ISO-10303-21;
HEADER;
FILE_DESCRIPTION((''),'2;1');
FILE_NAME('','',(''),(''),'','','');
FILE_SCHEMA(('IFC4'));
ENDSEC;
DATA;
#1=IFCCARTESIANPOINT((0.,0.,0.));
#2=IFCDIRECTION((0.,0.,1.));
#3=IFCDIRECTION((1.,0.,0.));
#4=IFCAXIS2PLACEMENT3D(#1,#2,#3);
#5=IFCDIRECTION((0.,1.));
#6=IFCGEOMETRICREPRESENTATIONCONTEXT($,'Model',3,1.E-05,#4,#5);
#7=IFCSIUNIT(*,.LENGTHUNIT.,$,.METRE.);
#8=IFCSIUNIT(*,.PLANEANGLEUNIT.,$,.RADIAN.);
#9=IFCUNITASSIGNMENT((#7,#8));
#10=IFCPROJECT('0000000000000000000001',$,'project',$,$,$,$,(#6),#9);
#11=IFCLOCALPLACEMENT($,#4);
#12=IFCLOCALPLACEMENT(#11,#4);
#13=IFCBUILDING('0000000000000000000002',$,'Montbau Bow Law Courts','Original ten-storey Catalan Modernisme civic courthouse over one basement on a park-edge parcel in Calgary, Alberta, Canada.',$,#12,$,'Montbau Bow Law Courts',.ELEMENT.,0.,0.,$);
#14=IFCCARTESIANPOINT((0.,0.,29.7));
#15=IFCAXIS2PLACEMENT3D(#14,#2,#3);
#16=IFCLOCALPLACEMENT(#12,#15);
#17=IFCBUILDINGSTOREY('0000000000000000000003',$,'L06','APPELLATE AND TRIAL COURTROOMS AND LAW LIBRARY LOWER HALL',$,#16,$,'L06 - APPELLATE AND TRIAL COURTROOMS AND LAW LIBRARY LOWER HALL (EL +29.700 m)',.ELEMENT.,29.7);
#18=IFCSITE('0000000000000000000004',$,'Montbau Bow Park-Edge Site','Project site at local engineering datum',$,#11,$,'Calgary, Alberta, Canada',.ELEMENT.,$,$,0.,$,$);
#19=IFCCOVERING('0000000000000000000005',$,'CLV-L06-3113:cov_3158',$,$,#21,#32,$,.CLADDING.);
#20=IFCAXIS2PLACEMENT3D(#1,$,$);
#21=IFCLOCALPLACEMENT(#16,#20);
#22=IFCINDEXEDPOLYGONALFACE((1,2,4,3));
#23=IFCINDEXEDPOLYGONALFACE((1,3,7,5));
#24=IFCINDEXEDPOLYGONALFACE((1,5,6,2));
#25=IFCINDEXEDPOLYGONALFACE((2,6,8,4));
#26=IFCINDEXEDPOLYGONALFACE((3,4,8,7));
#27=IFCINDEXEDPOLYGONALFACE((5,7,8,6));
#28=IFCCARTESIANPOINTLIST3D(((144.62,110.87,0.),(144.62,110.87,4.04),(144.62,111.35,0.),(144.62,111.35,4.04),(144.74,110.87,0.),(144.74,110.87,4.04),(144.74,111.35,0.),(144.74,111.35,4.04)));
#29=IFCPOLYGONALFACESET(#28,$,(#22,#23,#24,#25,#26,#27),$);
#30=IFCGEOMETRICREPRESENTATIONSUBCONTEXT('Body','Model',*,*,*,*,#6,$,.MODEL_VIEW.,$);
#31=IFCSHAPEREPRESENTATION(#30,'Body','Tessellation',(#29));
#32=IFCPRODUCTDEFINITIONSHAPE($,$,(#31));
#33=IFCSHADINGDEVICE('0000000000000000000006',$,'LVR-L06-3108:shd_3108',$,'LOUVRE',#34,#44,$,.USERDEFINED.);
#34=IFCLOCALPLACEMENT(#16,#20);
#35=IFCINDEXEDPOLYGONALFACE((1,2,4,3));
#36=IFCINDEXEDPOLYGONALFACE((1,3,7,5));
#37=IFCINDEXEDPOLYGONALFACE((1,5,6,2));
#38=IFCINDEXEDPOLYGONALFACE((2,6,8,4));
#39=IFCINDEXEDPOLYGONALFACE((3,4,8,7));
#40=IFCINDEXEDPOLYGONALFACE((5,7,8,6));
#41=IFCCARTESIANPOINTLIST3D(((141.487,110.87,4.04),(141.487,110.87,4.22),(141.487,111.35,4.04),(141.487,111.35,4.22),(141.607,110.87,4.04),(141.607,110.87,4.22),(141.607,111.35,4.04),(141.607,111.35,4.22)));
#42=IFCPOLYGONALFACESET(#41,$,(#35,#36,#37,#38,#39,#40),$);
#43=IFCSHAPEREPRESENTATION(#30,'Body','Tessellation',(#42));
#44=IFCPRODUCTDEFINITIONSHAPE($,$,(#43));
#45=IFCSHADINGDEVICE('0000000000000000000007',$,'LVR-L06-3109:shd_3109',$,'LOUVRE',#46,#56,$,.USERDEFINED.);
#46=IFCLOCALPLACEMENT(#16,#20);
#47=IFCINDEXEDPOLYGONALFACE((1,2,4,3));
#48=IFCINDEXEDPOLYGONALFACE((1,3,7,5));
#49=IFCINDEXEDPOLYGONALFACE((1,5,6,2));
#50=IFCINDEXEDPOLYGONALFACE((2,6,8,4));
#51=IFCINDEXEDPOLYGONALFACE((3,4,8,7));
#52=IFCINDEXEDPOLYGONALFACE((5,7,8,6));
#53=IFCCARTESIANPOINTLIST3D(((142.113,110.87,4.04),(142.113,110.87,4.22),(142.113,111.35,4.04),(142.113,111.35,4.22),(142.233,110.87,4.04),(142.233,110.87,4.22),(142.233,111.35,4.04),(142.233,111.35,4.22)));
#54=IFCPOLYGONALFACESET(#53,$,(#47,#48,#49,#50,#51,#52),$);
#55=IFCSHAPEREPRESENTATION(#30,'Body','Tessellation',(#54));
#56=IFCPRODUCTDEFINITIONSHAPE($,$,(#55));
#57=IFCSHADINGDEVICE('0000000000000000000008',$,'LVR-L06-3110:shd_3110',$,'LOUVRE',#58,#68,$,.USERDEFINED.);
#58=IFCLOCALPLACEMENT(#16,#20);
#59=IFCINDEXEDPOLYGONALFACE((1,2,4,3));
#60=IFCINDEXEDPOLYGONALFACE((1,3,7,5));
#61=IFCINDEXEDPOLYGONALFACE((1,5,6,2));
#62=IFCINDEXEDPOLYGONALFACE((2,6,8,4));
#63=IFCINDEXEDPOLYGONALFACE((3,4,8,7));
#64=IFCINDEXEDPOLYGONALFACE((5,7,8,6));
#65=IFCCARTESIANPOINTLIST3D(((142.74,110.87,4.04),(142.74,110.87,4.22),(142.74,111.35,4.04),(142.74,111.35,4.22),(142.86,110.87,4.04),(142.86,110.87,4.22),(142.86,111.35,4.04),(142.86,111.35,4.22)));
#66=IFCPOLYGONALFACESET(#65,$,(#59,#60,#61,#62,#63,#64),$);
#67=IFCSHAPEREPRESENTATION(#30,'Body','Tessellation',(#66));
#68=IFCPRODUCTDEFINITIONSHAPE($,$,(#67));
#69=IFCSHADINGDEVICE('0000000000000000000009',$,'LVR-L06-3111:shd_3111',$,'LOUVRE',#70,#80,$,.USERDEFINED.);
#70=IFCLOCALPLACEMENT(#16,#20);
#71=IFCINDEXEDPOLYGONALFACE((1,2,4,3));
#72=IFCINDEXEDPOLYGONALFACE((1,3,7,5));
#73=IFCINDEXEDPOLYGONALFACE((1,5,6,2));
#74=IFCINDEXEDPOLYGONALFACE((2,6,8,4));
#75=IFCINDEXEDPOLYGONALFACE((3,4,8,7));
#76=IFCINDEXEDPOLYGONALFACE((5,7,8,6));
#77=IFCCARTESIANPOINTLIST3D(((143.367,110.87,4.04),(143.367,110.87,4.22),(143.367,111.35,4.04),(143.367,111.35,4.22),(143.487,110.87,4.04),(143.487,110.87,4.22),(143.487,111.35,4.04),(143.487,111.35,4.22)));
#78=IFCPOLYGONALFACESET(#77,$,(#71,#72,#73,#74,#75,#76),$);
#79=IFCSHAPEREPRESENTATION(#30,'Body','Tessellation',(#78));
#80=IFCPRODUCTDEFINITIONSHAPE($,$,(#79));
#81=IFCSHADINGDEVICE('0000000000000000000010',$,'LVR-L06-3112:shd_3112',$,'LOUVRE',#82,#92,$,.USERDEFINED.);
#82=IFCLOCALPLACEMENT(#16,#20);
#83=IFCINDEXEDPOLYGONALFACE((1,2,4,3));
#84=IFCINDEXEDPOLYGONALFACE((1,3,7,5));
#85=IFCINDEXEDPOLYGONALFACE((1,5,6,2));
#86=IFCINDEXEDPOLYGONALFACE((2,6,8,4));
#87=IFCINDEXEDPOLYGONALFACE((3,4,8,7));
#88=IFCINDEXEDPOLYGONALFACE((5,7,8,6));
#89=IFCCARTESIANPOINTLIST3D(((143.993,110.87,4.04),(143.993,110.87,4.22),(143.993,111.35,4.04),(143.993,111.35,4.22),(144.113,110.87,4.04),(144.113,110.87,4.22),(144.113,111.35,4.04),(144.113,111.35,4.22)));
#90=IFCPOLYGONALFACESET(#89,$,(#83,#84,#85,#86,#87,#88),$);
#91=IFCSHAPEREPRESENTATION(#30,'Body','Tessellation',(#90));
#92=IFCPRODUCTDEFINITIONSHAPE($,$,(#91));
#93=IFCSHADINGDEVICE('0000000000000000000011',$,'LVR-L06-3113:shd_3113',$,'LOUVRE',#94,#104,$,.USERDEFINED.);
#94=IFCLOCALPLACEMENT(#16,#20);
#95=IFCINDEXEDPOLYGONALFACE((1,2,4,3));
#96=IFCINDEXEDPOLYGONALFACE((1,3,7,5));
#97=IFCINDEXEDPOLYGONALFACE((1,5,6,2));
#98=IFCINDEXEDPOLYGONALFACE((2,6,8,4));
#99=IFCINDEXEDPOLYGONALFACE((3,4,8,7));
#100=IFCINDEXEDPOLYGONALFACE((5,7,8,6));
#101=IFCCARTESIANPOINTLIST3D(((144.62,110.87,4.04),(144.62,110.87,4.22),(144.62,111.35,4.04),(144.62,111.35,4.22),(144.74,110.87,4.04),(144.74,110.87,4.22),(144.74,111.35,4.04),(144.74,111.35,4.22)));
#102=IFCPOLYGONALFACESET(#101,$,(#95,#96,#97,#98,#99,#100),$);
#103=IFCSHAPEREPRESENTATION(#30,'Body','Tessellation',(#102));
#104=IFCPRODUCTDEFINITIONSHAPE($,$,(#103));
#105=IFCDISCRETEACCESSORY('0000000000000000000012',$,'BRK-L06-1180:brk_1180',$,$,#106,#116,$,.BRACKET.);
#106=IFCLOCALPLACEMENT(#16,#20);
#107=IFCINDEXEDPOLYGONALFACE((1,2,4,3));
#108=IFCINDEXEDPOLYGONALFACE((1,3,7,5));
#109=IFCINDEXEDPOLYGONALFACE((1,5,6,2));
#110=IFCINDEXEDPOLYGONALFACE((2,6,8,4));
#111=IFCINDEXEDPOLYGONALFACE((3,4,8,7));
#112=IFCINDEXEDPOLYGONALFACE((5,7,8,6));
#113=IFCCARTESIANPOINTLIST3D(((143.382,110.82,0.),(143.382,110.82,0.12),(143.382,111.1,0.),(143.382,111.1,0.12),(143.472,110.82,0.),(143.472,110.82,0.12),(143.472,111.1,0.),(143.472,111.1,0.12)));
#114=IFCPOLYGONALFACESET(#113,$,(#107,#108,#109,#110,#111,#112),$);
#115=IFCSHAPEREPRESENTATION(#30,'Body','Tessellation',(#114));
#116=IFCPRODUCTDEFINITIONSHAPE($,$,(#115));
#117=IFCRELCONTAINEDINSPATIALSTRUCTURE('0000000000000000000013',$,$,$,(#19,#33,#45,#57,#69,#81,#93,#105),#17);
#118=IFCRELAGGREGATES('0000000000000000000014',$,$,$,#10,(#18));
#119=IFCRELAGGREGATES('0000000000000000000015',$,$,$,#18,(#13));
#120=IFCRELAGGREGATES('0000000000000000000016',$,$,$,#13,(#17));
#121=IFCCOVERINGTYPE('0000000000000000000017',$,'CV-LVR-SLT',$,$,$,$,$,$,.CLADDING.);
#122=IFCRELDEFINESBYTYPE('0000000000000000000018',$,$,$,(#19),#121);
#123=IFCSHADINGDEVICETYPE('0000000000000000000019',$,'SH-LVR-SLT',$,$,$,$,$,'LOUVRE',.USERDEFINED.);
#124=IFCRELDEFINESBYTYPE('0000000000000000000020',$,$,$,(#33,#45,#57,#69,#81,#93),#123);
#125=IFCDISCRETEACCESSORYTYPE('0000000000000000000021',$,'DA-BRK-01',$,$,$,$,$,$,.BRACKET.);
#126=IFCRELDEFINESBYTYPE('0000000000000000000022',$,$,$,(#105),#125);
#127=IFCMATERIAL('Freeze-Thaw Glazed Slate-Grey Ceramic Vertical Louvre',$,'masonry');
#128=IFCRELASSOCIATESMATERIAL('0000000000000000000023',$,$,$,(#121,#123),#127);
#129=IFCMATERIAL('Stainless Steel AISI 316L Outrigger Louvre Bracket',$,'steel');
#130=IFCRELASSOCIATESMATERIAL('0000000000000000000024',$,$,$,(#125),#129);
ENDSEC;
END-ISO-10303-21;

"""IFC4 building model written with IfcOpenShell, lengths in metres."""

from ifc_helpers import new_model, si_unit, direction, frame, frame_2d, origin_with_axes, origin_2d_with_axis, place, context, subcontext, project, spatial, rectangle, extrude, material, type_object, element, save


model = new_model("IFC4")

# Units and contexts
model_context = context("Model", 3, precision=1e-05, world=origin_with_axes(), true_north=direction((0.0, 1.0)))
body_context = subcontext(model_context, "Body", "Model", "MODEL_VIEW")
ifc_project = project(units=[si_unit("LENGTHUNIT", "METRE"), si_unit("PLANEANGLEUNIT", "RADIAN")], contexts=[model_context])

# Site, building, storey
site_placement = place(None, origin_with_axes())
site = spatial("IfcSite", under=ifc_project, at=site_placement, Name="Montbau Bow Park-Edge Site", Description="Project site at local engineering datum", LongName="Calgary, Alberta, Canada", CompositionType="ELEMENT", RefElevation=0.0)
building_placement = place(site_placement, origin_with_axes())
building = spatial("IfcBuilding", under=site, at=building_placement, Name="Montbau Bow Law Courts", Description="Original ten-storey Catalan Modernisme civic courthouse over one basement on a park-edge parcel in Calgary, Alberta, Canada.", LongName="Montbau Bow Law Courts", CompositionType="ELEMENT", ElevationOfRefHeight=0.0, ElevationOfTerrain=0.0)
storey_placement = place(building_placement, frame((0.0, 0.0, 29.7), z_axis=(0.0, 0.0, 1.0), x_axis=(1.0, 0.0, 0.0)))
storey = spatial("IfcBuildingStorey", under=building, at=storey_placement, Name="L06", Description="APPELLATE AND TRIAL COURTROOMS AND LAW LIBRARY LOWER HALL", LongName="L06 - APPELLATE AND TRIAL COURTROOMS AND LAW LIBRARY LOWER HALL (EL +29.700 m)", CompositionType="ELEMENT", Elevation=29.7)

# Covering
ifc_material_1 = material(Name="Freeze-Thaw Glazed Slate-Grey Ceramic Vertical Louvre", Category="masonry")
covering_type = type_object("IfcCoveringType", Name="CV-LVR-SLT", PredefinedType="CLADDING", material=ifc_material_1)
for number, where, z_axis, x_axis, name in (
    (1, (144.68, 110.87, 29.7), (1.0, 0.0, 0.0), (0.0, 1.0, 0.0), "CLV-L06-3113:cov_3158"),
):
    element("IfcCovering", number, at=place(None, frame(where, z_axis=z_axis, x_axis=x_axis)), inside=storey, type_object=covering_type, Name=name, PredefinedType="CLADDING", context=body_context, shape_type="SweptSolid", body=[
        extrude(rectangle(XDim=0.48, YDim=4.04, at=frame_2d((0.24, 2.02), x_axis=(1.0, 0.0))), frame((0.0, 0.0, -0.06), z_axis=(0.0, 0.0, 1.0), x_axis=(1.0, 0.0, 0.0)), (0.0, 0.0, 1.0), 0.12),
    ])

# Shading devices
shading_device_type = type_object("IfcShadingDeviceType", Name="SH-LVR-SLT", ElementType="LOUVRE", PredefinedType="USERDEFINED", material=ifc_material_1)
for number, where, z_axis, x_axis, name in (
    (2, (141.547, 111.11, 33.74), (0.0, 0.0, 1.0), (0.0, 1.0, 0.0), "LVR-L06-3108:shd_3108"),
    (3, (142.173, 111.11, 33.74), (0.0, 0.0, 1.0), (0.0, 1.0, 0.0), "LVR-L06-3109:shd_3109"),
    (4, (142.8, 111.11, 33.74), (0.0, 0.0, 1.0), (0.0, 1.0, 0.0), "LVR-L06-3110:shd_3110"),
    (5, (143.427, 111.11, 33.74), (0.0, 0.0, 1.0), (0.0, 1.0, 0.0), "LVR-L06-3111:shd_3111"),
    (6, (144.053, 111.11, 33.74), (0.0, 0.0, 1.0), (0.0, 1.0, 0.0), "LVR-L06-3112:shd_3112"),
    (7, (144.68, 111.11, 33.74), (0.0, 0.0, 1.0), (0.0, 1.0, 0.0), "LVR-L06-3113:shd_3113"),
):
    element("IfcShadingDevice", number, at=place(None, frame(where, z_axis=z_axis, x_axis=x_axis)), inside=storey, type_object=shading_device_type, Name=name, ObjectType="LOUVRE", PredefinedType="USERDEFINED", context=body_context, shape_type="SweptSolid", body=[
        extrude(rectangle(XDim=0.48, YDim=0.12, at=origin_2d_with_axis()), origin_with_axes(), (0.0, 0.0, 1.0), 0.18),
    ])

# Discrete accessory
ifc_material_2 = material(Name="Stainless Steel AISI 316L Outrigger Louvre Bracket", Category="steel")
discrete_accessory_type = type_object("IfcDiscreteAccessoryType", Name="DA-BRK-01", PredefinedType="BRACKET", material=ifc_material_2)
discrete_accessory_placement = place(None, frame((143.427, 110.96, 29.7), z_axis=(0.0, 0.0, 1.0), x_axis=(0.0, 1.0, 0.0)))
element("IfcDiscreteAccessory", 8, at=discrete_accessory_placement, inside=storey, type_object=discrete_accessory_type, Name="BRK-L06-1180:brk_1180", PredefinedType="BRACKET", context=body_context, shape_type="SweptSolid", body=[
    extrude(rectangle(XDim=0.28, YDim=0.09, at=origin_2d_with_axis()), origin_with_axes(), (0.0, 0.0, 1.0), 0.12),
])

save(model, "model.ifc")
